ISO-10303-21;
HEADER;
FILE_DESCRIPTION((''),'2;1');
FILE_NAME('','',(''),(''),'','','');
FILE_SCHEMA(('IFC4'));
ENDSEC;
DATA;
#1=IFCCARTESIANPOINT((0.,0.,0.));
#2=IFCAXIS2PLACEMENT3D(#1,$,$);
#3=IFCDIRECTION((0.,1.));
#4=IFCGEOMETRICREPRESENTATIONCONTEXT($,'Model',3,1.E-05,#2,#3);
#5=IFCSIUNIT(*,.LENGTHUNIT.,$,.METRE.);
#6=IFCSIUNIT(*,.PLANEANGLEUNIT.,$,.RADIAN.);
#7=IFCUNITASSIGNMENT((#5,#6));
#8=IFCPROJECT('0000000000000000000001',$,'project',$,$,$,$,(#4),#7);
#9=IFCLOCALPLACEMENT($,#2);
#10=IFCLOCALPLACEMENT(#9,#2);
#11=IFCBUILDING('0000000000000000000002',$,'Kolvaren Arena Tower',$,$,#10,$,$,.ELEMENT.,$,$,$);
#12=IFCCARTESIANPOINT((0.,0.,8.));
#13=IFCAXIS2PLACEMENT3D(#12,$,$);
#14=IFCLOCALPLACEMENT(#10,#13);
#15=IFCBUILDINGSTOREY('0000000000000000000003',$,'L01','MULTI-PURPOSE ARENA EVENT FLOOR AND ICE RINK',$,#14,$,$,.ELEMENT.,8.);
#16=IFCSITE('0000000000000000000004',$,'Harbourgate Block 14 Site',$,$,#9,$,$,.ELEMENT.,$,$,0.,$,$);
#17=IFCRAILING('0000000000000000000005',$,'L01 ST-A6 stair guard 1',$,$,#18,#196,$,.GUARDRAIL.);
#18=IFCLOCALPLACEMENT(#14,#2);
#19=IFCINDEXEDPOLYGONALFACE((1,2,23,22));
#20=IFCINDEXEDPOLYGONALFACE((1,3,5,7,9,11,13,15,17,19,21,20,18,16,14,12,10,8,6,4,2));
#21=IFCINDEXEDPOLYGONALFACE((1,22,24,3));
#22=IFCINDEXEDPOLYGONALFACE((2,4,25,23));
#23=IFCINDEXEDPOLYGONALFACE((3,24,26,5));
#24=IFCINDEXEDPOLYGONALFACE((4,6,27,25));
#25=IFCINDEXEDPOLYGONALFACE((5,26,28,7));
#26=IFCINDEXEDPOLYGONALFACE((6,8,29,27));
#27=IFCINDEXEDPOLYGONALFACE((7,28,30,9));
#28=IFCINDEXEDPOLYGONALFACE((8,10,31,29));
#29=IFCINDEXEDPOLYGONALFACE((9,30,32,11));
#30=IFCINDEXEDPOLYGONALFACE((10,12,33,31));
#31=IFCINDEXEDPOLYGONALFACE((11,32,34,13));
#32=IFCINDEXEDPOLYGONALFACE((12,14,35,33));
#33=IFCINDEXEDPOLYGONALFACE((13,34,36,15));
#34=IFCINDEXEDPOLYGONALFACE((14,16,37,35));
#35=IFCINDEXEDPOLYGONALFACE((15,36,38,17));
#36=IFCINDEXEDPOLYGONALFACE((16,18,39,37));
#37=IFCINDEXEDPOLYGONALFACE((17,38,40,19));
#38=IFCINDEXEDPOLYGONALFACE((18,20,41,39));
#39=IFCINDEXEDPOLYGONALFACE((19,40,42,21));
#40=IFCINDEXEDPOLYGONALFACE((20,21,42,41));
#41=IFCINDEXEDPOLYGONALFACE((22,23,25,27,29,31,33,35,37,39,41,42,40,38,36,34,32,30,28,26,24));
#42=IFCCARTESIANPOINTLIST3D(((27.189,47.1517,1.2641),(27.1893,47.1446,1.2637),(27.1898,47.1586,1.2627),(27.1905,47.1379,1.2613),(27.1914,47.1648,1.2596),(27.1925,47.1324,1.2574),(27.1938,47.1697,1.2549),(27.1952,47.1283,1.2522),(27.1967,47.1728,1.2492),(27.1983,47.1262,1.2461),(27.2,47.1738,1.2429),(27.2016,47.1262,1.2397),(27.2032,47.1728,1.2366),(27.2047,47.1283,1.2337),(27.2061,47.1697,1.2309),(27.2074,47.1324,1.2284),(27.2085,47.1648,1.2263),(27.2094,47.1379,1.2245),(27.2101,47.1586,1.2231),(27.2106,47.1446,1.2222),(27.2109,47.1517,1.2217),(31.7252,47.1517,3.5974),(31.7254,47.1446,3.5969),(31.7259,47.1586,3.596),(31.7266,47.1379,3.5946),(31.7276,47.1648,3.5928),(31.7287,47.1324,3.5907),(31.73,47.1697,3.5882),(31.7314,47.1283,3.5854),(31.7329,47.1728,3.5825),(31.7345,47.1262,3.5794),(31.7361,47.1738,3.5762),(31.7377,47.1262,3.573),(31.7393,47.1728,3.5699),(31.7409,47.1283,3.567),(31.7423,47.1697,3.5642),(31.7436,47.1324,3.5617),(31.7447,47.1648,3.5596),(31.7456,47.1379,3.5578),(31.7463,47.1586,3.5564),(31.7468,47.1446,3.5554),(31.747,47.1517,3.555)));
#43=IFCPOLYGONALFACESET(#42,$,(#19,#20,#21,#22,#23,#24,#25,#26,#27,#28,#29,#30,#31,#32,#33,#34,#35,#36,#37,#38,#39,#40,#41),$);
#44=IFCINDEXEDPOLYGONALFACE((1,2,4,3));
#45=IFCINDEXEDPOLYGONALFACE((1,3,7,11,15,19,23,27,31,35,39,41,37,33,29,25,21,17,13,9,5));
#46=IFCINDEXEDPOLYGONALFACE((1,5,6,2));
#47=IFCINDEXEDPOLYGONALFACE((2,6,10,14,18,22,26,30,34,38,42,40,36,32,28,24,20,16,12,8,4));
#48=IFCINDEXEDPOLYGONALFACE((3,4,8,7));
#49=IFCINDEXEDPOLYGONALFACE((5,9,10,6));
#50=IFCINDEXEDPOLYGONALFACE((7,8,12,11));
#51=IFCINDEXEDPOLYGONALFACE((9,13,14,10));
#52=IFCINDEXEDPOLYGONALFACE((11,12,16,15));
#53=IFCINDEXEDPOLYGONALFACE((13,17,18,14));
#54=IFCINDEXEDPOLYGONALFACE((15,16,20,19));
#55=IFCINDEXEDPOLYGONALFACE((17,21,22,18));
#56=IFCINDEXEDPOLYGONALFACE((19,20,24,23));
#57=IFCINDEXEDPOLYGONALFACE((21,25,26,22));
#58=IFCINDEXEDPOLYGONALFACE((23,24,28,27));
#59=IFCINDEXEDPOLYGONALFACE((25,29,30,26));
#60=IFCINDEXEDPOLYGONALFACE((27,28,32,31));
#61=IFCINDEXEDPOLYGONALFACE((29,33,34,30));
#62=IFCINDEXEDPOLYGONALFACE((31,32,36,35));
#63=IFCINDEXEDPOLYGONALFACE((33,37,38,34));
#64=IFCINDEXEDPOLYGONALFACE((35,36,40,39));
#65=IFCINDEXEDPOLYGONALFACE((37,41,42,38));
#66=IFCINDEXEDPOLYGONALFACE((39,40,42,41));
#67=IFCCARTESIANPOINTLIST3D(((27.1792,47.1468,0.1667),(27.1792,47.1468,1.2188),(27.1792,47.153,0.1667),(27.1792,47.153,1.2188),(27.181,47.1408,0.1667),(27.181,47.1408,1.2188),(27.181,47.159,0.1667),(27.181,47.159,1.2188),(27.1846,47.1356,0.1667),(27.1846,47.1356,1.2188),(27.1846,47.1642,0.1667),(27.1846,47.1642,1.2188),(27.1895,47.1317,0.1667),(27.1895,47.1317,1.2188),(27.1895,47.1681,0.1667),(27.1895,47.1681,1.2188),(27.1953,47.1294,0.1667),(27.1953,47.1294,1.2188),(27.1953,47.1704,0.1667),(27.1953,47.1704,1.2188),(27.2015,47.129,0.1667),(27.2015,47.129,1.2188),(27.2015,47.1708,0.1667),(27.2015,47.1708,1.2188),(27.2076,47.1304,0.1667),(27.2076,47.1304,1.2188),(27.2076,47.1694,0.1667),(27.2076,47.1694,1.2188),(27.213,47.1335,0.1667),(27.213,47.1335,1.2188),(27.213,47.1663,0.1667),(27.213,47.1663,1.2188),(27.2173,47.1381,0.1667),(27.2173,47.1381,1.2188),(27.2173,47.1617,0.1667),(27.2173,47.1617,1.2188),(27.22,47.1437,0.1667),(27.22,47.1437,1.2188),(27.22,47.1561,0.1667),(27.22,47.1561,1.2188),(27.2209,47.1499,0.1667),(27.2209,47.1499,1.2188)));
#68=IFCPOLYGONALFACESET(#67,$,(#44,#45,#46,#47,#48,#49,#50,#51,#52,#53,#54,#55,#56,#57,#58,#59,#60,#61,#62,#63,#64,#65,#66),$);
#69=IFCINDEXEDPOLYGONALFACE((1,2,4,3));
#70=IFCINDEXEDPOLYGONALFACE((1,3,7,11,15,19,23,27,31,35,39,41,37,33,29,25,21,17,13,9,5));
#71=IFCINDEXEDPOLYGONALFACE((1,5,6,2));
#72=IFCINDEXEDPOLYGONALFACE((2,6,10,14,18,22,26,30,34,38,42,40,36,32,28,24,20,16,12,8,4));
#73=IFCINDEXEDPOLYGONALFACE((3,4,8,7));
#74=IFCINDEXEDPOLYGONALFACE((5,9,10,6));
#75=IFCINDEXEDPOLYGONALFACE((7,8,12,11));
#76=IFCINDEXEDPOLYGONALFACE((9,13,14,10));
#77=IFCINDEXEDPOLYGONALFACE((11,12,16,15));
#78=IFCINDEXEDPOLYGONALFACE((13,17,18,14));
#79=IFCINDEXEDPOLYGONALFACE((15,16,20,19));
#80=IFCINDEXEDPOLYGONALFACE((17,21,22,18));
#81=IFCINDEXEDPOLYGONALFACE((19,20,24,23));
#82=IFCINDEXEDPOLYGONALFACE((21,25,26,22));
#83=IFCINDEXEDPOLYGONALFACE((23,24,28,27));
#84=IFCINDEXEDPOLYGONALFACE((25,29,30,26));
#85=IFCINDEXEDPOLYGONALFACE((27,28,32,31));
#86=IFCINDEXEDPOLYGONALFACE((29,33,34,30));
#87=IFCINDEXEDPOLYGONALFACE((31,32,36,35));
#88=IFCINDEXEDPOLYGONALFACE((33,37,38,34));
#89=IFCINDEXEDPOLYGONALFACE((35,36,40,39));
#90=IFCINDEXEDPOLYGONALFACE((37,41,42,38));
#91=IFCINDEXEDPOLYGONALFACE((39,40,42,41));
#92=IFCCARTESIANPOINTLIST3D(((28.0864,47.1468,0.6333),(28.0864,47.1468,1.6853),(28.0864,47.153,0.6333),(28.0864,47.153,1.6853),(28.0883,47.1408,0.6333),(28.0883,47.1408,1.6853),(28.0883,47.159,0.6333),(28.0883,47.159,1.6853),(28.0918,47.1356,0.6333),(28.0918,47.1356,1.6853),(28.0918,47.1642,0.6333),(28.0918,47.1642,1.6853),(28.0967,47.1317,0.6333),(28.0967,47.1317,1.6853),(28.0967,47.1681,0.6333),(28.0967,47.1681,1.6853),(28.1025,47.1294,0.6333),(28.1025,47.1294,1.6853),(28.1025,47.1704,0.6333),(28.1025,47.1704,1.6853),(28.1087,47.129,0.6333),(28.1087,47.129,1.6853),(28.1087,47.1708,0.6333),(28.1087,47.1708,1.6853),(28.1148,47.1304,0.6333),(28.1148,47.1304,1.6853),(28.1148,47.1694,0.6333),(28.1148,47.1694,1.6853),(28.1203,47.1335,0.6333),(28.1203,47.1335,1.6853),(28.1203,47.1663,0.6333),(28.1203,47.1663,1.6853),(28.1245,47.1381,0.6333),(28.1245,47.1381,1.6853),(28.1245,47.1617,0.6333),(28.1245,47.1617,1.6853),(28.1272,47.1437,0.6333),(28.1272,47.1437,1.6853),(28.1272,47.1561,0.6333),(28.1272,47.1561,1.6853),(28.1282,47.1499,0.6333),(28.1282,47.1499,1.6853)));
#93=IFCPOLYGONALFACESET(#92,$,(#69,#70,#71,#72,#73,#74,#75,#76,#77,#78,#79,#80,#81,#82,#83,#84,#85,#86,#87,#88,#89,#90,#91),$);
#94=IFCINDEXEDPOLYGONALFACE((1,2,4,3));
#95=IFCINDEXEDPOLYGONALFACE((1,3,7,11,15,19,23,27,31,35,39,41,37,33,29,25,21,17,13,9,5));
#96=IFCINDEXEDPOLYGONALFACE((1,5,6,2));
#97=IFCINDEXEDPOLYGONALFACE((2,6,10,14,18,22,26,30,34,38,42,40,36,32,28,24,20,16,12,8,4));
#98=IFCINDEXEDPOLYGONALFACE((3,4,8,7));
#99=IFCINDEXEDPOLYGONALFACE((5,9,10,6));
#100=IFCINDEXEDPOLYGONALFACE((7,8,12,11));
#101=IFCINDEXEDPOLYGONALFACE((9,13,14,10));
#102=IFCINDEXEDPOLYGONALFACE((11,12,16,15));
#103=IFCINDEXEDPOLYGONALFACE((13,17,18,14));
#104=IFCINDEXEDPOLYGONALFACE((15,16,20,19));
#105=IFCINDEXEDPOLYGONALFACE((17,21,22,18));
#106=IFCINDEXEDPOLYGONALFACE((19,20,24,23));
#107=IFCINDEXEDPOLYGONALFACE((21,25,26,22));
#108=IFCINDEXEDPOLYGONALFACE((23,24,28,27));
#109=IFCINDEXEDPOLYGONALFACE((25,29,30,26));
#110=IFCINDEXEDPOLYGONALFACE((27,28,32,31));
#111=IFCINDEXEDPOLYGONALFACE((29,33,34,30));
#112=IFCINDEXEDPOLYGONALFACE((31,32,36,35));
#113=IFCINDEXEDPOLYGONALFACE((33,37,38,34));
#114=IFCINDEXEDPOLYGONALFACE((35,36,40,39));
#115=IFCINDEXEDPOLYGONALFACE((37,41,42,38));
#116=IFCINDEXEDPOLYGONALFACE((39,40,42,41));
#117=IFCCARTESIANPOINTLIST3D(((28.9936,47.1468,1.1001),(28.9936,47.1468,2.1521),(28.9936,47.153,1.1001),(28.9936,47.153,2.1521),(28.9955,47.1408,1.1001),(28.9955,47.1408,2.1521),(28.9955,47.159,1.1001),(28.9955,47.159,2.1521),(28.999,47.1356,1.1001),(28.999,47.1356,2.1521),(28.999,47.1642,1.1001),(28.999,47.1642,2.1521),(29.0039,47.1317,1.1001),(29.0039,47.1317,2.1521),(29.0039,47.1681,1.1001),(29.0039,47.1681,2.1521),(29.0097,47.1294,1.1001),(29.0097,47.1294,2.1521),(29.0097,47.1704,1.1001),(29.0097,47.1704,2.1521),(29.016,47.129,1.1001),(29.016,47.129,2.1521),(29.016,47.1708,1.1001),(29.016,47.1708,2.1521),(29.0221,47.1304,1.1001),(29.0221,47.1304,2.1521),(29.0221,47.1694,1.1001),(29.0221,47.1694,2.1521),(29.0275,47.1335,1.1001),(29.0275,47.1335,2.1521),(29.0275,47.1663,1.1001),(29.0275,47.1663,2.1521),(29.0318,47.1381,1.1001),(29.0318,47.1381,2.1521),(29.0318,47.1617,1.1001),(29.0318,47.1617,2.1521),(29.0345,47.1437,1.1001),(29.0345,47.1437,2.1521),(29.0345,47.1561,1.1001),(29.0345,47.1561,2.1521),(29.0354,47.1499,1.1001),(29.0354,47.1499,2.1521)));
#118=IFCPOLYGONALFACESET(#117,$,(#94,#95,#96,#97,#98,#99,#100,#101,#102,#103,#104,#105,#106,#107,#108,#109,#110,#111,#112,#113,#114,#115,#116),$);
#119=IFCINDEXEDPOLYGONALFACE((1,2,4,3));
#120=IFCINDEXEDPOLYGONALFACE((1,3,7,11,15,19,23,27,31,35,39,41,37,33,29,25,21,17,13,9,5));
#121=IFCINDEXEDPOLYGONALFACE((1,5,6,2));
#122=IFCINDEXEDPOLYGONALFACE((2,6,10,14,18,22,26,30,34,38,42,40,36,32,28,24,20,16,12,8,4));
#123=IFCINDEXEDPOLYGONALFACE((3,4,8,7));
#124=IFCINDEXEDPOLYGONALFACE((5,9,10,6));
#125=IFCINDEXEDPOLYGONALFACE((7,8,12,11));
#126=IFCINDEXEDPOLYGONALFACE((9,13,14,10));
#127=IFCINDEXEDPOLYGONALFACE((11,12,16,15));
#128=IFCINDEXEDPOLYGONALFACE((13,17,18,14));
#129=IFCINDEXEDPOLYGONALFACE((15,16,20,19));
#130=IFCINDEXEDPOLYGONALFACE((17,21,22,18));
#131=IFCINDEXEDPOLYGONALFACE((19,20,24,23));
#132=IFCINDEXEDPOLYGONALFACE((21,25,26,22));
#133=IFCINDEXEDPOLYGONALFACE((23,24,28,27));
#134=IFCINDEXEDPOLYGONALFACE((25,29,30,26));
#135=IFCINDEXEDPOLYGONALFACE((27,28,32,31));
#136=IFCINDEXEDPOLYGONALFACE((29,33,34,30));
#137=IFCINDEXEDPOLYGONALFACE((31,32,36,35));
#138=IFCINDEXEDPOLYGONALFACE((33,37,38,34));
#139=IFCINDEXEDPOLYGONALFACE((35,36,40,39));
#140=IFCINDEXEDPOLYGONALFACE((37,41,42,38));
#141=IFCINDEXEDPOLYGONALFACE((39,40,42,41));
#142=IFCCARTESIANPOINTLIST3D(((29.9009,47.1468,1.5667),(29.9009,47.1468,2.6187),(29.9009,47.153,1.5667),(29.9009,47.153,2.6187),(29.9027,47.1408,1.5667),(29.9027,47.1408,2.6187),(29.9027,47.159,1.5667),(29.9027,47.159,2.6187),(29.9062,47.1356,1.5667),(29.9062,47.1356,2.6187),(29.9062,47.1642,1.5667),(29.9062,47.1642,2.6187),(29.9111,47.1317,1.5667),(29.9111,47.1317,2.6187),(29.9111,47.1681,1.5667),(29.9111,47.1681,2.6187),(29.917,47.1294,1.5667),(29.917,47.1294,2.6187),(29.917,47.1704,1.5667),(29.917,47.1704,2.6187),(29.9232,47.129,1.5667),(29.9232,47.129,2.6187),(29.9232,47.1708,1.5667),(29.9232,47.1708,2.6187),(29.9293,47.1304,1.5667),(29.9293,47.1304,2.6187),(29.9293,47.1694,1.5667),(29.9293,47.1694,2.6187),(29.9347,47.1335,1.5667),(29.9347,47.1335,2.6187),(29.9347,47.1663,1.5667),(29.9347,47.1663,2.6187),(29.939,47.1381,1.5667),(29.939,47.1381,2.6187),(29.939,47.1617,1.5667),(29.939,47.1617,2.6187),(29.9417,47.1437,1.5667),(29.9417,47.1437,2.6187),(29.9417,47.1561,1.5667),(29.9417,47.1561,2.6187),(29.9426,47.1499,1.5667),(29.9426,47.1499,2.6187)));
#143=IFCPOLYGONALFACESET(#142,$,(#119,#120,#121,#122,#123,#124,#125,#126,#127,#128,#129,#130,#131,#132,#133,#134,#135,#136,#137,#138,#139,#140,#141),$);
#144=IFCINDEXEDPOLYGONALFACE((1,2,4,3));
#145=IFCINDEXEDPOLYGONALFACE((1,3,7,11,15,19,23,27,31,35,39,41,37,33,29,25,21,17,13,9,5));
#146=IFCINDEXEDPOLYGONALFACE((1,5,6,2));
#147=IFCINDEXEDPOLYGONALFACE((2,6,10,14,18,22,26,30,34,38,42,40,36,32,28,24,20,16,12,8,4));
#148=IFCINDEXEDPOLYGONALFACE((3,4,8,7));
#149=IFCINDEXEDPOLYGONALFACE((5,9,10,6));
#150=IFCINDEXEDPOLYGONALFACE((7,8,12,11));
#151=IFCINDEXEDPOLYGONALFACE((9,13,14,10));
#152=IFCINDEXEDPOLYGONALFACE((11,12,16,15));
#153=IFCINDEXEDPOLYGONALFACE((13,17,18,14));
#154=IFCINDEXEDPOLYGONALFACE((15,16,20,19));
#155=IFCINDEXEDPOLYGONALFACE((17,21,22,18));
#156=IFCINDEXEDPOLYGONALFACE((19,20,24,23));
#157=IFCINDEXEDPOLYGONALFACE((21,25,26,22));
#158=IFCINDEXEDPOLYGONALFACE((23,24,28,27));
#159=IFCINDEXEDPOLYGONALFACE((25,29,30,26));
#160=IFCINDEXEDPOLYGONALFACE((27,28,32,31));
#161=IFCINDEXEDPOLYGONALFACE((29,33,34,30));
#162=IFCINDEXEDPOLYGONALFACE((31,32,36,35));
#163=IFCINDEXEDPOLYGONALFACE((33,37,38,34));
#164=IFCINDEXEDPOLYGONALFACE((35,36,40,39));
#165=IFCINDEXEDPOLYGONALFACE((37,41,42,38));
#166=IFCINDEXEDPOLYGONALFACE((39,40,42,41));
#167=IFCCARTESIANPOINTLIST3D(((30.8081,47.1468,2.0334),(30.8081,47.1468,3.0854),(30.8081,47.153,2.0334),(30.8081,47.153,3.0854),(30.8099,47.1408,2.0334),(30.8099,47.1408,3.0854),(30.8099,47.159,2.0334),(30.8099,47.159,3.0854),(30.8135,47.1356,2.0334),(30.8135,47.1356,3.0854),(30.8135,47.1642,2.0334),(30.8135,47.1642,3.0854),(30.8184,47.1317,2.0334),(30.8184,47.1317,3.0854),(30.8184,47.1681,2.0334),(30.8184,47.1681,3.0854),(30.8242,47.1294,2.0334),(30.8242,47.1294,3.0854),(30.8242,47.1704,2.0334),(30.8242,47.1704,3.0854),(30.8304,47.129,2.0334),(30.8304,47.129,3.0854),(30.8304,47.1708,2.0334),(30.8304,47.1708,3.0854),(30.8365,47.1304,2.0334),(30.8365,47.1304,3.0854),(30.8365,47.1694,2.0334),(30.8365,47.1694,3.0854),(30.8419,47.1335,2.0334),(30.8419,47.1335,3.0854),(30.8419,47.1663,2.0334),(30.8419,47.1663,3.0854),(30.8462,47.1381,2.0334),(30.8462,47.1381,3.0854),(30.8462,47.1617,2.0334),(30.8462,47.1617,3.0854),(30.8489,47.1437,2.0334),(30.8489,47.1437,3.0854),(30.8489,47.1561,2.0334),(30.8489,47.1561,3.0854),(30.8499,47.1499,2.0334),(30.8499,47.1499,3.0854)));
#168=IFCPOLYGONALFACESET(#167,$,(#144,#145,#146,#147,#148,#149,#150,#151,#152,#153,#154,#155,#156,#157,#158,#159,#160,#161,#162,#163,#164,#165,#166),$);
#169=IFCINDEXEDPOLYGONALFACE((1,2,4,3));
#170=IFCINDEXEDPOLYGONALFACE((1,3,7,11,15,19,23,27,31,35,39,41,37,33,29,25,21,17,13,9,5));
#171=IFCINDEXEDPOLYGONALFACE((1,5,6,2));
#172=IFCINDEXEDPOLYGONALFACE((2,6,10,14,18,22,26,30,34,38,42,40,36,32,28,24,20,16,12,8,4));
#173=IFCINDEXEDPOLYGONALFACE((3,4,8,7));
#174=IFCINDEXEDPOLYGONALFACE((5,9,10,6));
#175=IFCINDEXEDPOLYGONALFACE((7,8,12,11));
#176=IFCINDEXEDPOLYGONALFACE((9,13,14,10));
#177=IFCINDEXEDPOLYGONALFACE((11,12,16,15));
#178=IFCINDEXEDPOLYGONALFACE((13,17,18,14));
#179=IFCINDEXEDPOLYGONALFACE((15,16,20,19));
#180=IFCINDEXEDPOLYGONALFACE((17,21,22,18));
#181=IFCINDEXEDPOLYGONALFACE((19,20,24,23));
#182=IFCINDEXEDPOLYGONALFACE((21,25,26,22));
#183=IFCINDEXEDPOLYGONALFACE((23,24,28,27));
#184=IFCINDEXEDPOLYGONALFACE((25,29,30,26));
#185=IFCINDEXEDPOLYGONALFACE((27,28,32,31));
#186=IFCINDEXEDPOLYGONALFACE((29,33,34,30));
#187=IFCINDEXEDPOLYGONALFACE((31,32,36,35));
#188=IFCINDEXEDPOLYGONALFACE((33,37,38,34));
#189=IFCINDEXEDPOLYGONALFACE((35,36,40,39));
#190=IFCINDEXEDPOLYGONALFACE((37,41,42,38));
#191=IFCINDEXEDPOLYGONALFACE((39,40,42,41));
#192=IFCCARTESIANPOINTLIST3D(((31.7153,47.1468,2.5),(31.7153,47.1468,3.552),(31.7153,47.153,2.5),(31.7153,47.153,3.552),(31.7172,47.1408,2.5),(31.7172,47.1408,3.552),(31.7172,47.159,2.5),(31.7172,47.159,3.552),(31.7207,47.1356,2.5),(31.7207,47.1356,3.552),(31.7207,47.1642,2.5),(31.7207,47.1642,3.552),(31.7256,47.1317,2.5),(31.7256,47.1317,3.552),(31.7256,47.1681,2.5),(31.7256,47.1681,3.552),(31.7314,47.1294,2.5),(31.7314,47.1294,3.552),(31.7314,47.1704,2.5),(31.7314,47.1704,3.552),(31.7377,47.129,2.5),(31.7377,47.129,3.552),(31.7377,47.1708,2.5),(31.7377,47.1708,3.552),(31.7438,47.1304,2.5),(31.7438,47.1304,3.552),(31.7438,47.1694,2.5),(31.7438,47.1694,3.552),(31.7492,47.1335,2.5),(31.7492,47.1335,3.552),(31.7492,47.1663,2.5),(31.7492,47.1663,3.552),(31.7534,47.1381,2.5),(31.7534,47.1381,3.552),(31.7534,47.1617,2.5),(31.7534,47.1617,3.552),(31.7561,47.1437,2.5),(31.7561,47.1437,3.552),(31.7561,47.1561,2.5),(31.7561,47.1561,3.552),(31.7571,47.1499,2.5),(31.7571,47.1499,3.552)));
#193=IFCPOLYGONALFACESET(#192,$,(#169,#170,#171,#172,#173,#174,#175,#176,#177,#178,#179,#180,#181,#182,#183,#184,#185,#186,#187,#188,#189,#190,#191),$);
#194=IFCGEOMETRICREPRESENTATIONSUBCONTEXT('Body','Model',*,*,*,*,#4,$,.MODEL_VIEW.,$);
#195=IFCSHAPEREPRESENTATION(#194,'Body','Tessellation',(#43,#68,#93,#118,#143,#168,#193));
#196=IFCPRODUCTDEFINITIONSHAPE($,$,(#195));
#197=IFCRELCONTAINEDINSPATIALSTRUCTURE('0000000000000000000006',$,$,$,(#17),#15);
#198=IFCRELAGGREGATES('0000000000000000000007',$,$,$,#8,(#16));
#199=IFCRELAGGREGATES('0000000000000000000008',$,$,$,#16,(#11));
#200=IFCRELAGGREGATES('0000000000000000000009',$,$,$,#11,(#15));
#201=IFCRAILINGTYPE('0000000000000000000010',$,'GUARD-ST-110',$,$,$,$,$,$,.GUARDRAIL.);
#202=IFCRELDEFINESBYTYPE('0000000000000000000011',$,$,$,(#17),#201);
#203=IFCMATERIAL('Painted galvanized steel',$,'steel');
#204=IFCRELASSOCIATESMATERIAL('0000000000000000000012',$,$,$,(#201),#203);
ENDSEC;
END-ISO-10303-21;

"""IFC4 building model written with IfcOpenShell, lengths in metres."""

from ifc_helpers import new_model, si_unit, direction, frame, origin, origin_2d, place, context, subcontext, project, spatial, circle, extrude, material, type_object, element, save


model = new_model("IFC4")

# Units and contexts
model_context = context("Model", 3, precision=1e-05, world=origin(), true_north=direction((0.0, 1.0)))
body_context = subcontext(model_context, "Body", "Model", "MODEL_VIEW")
ifc_project = project(units=[si_unit("LENGTHUNIT", "METRE"), si_unit("PLANEANGLEUNIT", "RADIAN")], contexts=[model_context])

# Site, building, storey
site_placement = place(None, origin())
site = spatial("IfcSite", under=ifc_project, at=site_placement, Name="Harbourgate Block 14 Site", CompositionType="ELEMENT", RefElevation=0.0)
building_placement = place(site_placement, origin())
building = spatial("IfcBuilding", under=site, at=building_placement, Name="Kolvaren Arena Tower", CompositionType="ELEMENT")
storey_placement = place(building_placement, frame((0.0, 0.0, 8.0)))
storey = spatial("IfcBuildingStorey", under=building, at=storey_placement, Name="L01", Description="MULTI-PURPOSE ARENA EVENT FLOOR AND ICE RINK", CompositionType="ELEMENT", Elevation=8.0)

# Railing
ifc_material_1 = material(Name="Painted galvanized steel", Category="steel")
railing_type_1 = type_object("IfcRailingType", Name="GUARD-ST-110", PredefinedType="GUARDRAIL", material=ifc_material_1)
railing_1_placement = place(storey_placement, frame((27.2, 47.1499, 0.1667)))
element("IfcRailing", 1, at=railing_1_placement, inside=storey, type_object=railing_type_1, Name="L01 ST-A6 stair guard 1", PredefinedType="GUARDRAIL", context=body_context, shape_type="SweptSolid", body=[
    extrude(circle(Radius=0.0239, at=origin_2d()), frame((0.0, 0.0, 1.0762), z_axis=(0.889257, 0.0, 0.457407), x_axis=(0.0, 1.0, 0.0)), (0.0, 0.0, 1.0), 5.1011),
    extrude(circle(Radius=0.021, at=origin_2d()), origin(), (0.0, 0.0, 1.0), 1.052),
    extrude(circle(Radius=0.021, at=origin_2d()), frame((0.9072, 0.0, 0.4666)), (0.0, 0.0, 1.0), 1.052),
    extrude(circle(Radius=0.021, at=origin_2d()), frame((1.8145, 0.0, 0.9333)), (0.0, 0.0, 1.0), 1.052),
    extrude(circle(Radius=0.021, at=origin_2d()), frame((2.7217, 0.0, 1.3999)), (0.0, 0.0, 1.0), 1.052),
    extrude(circle(Radius=0.021, at=origin_2d()), frame((3.6289, 0.0, 1.8667)), (0.0, 0.0, 1.0), 1.052),
    extrude(circle(Radius=0.021, at=origin_2d()), frame((4.5361, 0.0, 2.3333)), (0.0, 0.0, 1.0), 1.052),
])

save(model, "model.ifc")
